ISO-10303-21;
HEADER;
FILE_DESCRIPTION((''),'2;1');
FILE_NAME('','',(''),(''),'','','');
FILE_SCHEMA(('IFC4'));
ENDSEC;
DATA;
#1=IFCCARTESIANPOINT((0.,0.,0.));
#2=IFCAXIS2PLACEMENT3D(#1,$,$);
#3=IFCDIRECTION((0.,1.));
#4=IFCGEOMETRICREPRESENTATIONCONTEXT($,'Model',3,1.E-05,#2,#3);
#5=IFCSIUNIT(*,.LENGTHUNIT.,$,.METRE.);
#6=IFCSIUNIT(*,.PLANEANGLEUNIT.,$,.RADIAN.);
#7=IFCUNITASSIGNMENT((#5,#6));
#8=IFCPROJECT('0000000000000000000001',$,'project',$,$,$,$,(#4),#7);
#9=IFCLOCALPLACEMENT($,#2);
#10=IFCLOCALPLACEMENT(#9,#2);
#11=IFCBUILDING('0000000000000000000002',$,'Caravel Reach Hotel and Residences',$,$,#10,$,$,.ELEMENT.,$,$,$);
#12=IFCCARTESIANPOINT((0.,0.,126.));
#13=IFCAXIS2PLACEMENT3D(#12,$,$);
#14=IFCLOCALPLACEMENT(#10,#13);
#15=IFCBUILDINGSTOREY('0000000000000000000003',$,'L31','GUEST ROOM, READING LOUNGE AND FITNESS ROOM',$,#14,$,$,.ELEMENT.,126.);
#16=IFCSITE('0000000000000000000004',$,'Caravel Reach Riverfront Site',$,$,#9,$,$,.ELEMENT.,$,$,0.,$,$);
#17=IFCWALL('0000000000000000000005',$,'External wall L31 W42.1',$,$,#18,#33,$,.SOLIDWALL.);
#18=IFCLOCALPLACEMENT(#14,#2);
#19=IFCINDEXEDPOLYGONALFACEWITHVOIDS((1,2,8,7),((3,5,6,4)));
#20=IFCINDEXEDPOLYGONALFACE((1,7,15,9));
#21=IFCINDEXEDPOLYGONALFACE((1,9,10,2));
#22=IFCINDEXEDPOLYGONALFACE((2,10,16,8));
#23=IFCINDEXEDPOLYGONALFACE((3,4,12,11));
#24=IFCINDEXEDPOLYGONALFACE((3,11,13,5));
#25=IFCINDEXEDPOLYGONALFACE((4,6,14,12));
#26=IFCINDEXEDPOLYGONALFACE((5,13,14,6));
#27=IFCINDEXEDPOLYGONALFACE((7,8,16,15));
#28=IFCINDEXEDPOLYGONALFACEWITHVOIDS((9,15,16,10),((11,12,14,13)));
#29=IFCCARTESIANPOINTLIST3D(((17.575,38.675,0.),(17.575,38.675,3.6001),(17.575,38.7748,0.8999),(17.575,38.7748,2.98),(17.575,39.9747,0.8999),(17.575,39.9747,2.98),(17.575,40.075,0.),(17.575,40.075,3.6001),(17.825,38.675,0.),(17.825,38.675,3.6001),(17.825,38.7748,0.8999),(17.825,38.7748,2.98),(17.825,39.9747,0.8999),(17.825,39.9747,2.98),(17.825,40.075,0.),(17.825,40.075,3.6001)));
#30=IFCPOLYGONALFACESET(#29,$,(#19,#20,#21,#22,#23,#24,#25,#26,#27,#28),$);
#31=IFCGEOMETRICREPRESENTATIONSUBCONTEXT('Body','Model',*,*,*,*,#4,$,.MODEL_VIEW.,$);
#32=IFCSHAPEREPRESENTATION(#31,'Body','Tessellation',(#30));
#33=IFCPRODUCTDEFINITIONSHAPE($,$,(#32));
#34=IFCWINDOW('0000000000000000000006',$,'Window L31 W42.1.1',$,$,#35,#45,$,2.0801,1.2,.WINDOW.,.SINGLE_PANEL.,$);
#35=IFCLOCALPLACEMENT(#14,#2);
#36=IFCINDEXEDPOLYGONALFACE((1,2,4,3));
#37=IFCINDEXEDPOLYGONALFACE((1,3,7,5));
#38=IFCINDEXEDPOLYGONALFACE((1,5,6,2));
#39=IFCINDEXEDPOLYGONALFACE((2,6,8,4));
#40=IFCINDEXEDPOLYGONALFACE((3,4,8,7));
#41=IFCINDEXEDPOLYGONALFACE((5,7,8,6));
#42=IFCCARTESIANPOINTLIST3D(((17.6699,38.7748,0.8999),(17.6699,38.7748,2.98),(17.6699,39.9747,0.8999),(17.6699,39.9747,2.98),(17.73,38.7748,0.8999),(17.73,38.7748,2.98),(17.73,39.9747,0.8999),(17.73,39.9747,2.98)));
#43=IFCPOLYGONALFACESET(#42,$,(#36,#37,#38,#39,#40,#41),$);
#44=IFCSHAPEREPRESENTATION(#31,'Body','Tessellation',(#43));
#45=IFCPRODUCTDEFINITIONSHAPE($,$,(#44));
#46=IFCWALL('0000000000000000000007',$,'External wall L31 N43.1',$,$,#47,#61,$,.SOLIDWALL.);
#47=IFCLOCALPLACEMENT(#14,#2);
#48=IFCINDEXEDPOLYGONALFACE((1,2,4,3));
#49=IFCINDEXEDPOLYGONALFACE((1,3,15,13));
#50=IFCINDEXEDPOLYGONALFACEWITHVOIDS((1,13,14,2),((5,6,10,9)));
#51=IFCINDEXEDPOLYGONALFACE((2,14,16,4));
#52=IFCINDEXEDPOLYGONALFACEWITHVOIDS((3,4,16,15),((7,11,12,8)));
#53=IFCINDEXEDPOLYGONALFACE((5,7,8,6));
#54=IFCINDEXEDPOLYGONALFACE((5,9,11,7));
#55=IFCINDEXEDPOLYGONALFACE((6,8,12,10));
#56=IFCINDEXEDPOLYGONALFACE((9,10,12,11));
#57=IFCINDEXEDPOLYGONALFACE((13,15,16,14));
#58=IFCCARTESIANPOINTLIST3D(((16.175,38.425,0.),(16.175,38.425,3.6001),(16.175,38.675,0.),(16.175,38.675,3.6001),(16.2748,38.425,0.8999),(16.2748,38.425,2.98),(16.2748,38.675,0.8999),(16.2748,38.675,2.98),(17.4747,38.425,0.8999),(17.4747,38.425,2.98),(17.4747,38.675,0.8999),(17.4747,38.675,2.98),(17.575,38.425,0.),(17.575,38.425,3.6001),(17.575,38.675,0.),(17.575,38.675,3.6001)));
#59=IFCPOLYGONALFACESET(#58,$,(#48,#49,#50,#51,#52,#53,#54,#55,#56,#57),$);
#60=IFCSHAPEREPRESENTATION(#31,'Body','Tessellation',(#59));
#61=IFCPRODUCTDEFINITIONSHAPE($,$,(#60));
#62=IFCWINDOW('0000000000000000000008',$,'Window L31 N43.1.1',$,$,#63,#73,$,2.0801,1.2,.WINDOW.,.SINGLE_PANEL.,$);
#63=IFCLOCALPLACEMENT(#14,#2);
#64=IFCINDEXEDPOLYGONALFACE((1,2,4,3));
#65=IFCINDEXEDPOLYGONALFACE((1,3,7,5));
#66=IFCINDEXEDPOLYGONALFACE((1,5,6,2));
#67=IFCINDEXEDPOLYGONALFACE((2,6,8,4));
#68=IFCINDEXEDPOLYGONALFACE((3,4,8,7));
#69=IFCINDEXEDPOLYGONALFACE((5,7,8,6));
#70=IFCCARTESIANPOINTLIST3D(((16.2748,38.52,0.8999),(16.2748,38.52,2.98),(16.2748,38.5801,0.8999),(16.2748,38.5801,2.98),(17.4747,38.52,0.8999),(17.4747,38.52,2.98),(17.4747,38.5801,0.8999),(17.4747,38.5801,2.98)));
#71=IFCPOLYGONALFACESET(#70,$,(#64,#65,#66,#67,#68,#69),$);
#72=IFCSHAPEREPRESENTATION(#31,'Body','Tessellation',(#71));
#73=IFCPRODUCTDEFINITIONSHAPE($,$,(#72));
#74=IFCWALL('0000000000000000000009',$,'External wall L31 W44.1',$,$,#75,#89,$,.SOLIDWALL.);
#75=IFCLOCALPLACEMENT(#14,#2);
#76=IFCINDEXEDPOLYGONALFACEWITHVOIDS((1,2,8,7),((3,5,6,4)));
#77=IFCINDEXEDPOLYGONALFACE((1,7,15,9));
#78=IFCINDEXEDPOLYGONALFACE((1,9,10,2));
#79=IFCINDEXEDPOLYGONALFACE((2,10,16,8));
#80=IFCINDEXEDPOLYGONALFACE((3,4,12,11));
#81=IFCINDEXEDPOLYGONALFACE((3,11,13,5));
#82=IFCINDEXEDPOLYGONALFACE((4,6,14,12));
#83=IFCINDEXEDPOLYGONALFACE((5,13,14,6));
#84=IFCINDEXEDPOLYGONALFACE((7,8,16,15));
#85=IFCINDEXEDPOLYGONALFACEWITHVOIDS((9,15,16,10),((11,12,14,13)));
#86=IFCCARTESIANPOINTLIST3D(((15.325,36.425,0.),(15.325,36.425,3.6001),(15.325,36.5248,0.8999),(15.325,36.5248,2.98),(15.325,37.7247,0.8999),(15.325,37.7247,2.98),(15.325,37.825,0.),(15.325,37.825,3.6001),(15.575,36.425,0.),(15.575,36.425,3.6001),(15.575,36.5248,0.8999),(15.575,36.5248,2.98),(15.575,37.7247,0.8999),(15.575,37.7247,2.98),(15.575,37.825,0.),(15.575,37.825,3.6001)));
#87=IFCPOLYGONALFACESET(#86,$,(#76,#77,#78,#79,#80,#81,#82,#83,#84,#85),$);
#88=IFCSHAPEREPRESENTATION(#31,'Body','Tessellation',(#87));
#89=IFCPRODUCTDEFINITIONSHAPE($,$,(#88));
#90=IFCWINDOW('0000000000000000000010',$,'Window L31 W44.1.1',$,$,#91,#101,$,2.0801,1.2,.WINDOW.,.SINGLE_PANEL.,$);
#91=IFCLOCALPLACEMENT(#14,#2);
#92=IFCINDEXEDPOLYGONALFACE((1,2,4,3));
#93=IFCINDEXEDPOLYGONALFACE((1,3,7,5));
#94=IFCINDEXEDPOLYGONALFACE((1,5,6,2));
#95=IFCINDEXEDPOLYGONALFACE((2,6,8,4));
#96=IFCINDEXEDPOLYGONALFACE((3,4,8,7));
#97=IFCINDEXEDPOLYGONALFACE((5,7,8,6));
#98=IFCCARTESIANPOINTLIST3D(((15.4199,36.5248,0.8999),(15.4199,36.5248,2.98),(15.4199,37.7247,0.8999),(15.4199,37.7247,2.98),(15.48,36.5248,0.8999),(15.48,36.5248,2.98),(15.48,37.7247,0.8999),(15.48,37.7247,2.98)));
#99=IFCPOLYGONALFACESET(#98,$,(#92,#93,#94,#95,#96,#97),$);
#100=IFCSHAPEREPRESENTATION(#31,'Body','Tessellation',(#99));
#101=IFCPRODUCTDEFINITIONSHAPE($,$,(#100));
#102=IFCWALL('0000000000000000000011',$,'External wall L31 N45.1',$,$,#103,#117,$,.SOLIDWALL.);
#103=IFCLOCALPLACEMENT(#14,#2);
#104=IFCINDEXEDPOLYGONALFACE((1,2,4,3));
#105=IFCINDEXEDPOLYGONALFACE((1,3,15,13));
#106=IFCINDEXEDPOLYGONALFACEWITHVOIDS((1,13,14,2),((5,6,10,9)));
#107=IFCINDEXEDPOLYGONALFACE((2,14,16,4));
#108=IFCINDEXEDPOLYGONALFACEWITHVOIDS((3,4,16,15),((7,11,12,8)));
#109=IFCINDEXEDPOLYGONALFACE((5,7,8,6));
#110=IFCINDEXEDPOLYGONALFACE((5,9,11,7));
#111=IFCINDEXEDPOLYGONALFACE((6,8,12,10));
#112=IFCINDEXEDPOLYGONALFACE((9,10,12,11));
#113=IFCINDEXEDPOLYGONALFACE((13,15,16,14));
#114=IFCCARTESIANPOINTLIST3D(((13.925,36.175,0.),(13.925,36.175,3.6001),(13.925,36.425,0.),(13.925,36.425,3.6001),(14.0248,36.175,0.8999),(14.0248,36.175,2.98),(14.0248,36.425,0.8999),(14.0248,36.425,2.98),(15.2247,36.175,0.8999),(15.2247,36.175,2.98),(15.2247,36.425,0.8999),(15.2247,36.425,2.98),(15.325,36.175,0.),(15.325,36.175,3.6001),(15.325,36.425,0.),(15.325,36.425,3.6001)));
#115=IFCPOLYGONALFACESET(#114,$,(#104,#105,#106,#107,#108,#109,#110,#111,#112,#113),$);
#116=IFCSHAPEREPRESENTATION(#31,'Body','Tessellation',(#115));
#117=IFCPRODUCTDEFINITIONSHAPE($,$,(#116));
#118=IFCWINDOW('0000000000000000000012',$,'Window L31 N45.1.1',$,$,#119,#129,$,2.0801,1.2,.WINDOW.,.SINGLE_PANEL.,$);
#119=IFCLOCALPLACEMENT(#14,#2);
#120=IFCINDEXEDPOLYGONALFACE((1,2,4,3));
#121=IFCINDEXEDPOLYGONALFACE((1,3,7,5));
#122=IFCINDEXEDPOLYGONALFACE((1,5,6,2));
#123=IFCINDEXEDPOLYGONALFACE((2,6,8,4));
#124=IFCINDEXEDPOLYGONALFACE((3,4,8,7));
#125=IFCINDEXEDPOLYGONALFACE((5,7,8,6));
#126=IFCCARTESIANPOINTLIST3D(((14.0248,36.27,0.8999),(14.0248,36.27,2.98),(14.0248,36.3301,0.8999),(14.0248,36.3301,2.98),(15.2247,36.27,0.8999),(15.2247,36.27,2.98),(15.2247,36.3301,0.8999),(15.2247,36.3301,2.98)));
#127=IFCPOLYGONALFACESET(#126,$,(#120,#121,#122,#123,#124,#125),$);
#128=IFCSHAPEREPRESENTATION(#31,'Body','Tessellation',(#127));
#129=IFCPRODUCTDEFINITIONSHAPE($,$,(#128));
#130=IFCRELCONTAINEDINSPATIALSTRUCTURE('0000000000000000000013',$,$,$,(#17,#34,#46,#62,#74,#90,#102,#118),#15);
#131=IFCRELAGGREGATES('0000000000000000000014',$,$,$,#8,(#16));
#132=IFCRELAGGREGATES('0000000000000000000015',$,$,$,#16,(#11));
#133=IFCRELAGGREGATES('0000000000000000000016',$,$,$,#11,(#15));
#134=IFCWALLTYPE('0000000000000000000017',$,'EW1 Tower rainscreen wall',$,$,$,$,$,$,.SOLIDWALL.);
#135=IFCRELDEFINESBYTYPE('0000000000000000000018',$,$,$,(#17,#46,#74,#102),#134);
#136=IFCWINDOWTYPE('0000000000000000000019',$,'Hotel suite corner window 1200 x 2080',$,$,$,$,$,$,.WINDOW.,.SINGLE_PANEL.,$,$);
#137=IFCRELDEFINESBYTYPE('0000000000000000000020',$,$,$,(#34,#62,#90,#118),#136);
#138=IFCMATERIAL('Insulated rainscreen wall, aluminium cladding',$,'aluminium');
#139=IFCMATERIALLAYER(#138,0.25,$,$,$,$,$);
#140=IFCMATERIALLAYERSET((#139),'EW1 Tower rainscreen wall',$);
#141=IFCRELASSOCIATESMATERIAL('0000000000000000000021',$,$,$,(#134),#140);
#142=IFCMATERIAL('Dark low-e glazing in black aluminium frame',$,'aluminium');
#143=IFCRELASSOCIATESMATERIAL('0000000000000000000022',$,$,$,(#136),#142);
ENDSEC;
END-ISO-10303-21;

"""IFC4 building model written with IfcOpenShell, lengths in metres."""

from ifc_helpers import new_model, si_unit, direction, frame, frame_2d, origin, place, context, subcontext, project, spatial, rectangle, extrude, material, layer, layer_set, type_object, element, fill, save


model = new_model("IFC4")

# Units and contexts
model_context = context("Model", 3, precision=1e-05, world=origin(), true_north=direction((0.0, 1.0)))
body_context = subcontext(model_context, "Body", "Model", "MODEL_VIEW")
ifc_project = project(units=[si_unit("LENGTHUNIT", "METRE"), si_unit("PLANEANGLEUNIT", "RADIAN")], contexts=[model_context])

# Site, building, storey
site_placement = place(None, origin())
site = spatial("IfcSite", under=ifc_project, at=site_placement, Name="Caravel Reach Riverfront Site", CompositionType="ELEMENT", RefElevation=0.0)
building_placement = place(site_placement, origin())
building = spatial("IfcBuilding", under=site, at=building_placement, Name="Caravel Reach Hotel and Residences", CompositionType="ELEMENT")
storey_placement = place(building_placement, frame((0.0, 0.0, 126.0)))
storey = spatial("IfcBuildingStorey", under=building, at=storey_placement, Name="L31", Description="GUEST ROOM, READING LOUNGE AND FITNESS ROOM", CompositionType="ELEMENT", Elevation=126.0)

# Walls, openings, windows
ifc_material_1 = material(Name="Insulated rainscreen wall, aluminium cladding", Category="aluminium")
ifc_layer = layer(ifc_material_1, 0.25)
ifc_layer_set = layer_set([ifc_layer], Name="EW1 Tower rainscreen wall")
wall_type = type_object("IfcWallType", Name="EW1 Tower rainscreen wall", PredefinedType="SOLIDWALL", material=ifc_layer_set)
wall_1_placement = place(storey_placement, frame((17.7, 40.075, 0.0), z_axis=(0.0, 0.0, 1.0), x_axis=(0.0, -1.0, 0.0)))
wall_1 = element("IfcWall", 1, at=wall_1_placement, inside=storey, type_object=wall_type, Name="External wall L31 W42.1", PredefinedType="SOLIDWALL", context=body_context, shape_type="SweptSolid", body=[
    extrude(rectangle(XDim=1.3999, YDim=0.25, at=frame_2d((0.7, 0.0))), origin(), (0.0, 0.0, 1.0), 3.6001),
])
opening_1_placement = place(wall_1_placement, frame((0.1001, 0.0, 0.8999)))
opening_1 = element("IfcOpeningElement", 2, at=opening_1_placement, cuts=wall_1, PredefinedType="OPENING", context=body_context, shape_type="SweptSolid", body=[
    extrude(rectangle(XDim=1.2, YDim=2.0801, at=frame_2d((0.6001, 1.04))), frame((0.0, 0.135, 0.0), z_axis=(0.0, -1.0, 0.0), x_axis=(1.0, 0.0, 0.0)), (0.0, 0.0, 1.0), 0.27),
])
ifc_material_2 = material(Name="Dark low-e glazing in black aluminium frame", Category="aluminium")
window_type_1 = type_object("IfcWindowType", Name="Hotel suite corner window 1200 x 2080", PartitioningType="SINGLE_PANEL", PredefinedType="WINDOW", material=ifc_material_2)
window_1_placement = place(opening_1_placement, origin())
window_1 = element("IfcWindow", 3, at=window_1_placement, inside=storey, type_object=window_type_1, Name="Window L31 W42.1.1", OverallHeight=2.0801, OverallWidth=1.2, PartitioningType="SINGLE_PANEL", PredefinedType="WINDOW", context=body_context, shape_type="SweptSolid", body=[
    extrude(rectangle(XDim=1.2, YDim=2.0801, at=frame_2d((0.6001, 1.04))), frame((0.0, 0.03, 0.0), z_axis=(0.0, -1.0, 0.0), x_axis=(1.0, 0.0, 0.0)), (0.0, 0.0, 1.0), 0.0601),
])
fill(opening_1, window_1)
wall_2_placement = place(storey_placement, frame((17.575, 38.55, 0.0), z_axis=(0.0, 0.0, 1.0), x_axis=(-1.0, 0.0, 0.0)))
wall_2 = element("IfcWall", 4, at=wall_2_placement, inside=storey, type_object=wall_type, Name="External wall L31 N43.1", PredefinedType="SOLIDWALL", context=body_context, shape_type="SweptSolid", body=[
    extrude(rectangle(XDim=1.3999, YDim=0.25, at=frame_2d((0.7, 0.0))), origin(), (0.0, 0.0, 1.0), 3.6001),
])
opening_2_placement = place(wall_2_placement, frame((0.1001, 0.0, 0.8999)))
opening_2 = element("IfcOpeningElement", 5, at=opening_2_placement, cuts=wall_2, PredefinedType="OPENING", context=body_context, shape_type="SweptSolid", body=[
    extrude(rectangle(XDim=1.2, YDim=2.0801, at=frame_2d((0.6001, 1.04))), frame((0.0, 0.135, 0.0), z_axis=(0.0, -1.0, 0.0), x_axis=(1.0, 0.0, 0.0)), (0.0, 0.0, 1.0), 0.27),
])
window_2_placement = place(opening_2_placement, origin())
window_2 = element("IfcWindow", 6, at=window_2_placement, inside=storey, type_object=window_type_1, Name="Window L31 N43.1.1", OverallHeight=2.0801, OverallWidth=1.2, PartitioningType="SINGLE_PANEL", PredefinedType="WINDOW", context=body_context, shape_type="SweptSolid", body=[
    extrude(rectangle(XDim=1.2, YDim=2.0801, at=frame_2d((0.6001, 1.04))), frame((0.0, 0.03, 0.0), z_axis=(0.0, -1.0, 0.0), x_axis=(1.0, 0.0, 0.0)), (0.0, 0.0, 1.0), 0.0601),
])
fill(opening_2, window_2)
wall_3_placement = place(storey_placement, frame((15.45, 37.825, 0.0), z_axis=(0.0, 0.0, 1.0), x_axis=(0.0, -1.0, 0.0)))
wall_3 = element("IfcWall", 7, at=wall_3_placement, inside=storey, type_object=wall_type, Name="External wall L31 W44.1", PredefinedType="SOLIDWALL", context=body_context, shape_type="SweptSolid", body=[
    extrude(rectangle(XDim=1.3999, YDim=0.25, at=frame_2d((0.7, 0.0))), origin(), (0.0, 0.0, 1.0), 3.6001),
])
opening_3_placement = place(wall_3_placement, frame((0.1001, 0.0, 0.8999)))
opening_3 = element("IfcOpeningElement", 8, at=opening_3_placement, cuts=wall_3, PredefinedType="OPENING", context=body_context, shape_type="SweptSolid", body=[
    extrude(rectangle(XDim=1.2, YDim=2.0801, at=frame_2d((0.6001, 1.04))), frame((0.0, 0.135, 0.0), z_axis=(0.0, -1.0, 0.0), x_axis=(1.0, 0.0, 0.0)), (0.0, 0.0, 1.0), 0.27),
])
window_3_placement = place(opening_3_placement, origin())
window_3 = element("IfcWindow", 9, at=window_3_placement, inside=storey, type_object=window_type_1, Name="Window L31 W44.1.1", OverallHeight=2.0801, OverallWidth=1.2, PartitioningType="SINGLE_PANEL", PredefinedType="WINDOW", context=body_context, shape_type="SweptSolid", body=[
    extrude(rectangle(XDim=1.2, YDim=2.0801, at=frame_2d((0.6001, 1.04))), frame((0.0, 0.03, 0.0), z_axis=(0.0, -1.0, 0.0), x_axis=(1.0, 0.0, 0.0)), (0.0, 0.0, 1.0), 0.0601),
])
fill(opening_3, window_3)
wall_4_placement = place(storey_placement, frame((15.325, 36.3, 0.0), z_axis=(0.0, 0.0, 1.0), x_axis=(-1.0, 0.0, 0.0)))
wall_4 = element("IfcWall", 10, at=wall_4_placement, inside=storey, type_object=wall_type, Name="External wall L31 N45.1", PredefinedType="SOLIDWALL", context=body_context, shape_type="SweptSolid", body=[
    extrude(rectangle(XDim=1.3999, YDim=0.25, at=frame_2d((0.7, 0.0))), origin(), (0.0, 0.0, 1.0), 3.6001),
])
opening_4_placement = place(wall_4_placement, frame((0.1001, 0.0, 0.8999)))
opening_4 = element("IfcOpeningElement", 11, at=opening_4_placement, cuts=wall_4, PredefinedType="OPENING", context=body_context, shape_type="SweptSolid", body=[
    extrude(rectangle(XDim=1.2, YDim=2.0801, at=frame_2d((0.6001, 1.04))), frame((0.0, 0.135, 0.0), z_axis=(0.0, -1.0, 0.0), x_axis=(1.0, 0.0, 0.0)), (0.0, 0.0, 1.0), 0.27),
])
window_4_placement = place(opening_4_placement, origin())
window_4 = element("IfcWindow", 12, at=window_4_placement, inside=storey, type_object=window_type_1, Name="Window L31 N45.1.1", OverallHeight=2.0801, OverallWidth=1.2, PartitioningType="SINGLE_PANEL", PredefinedType="WINDOW", context=body_context, shape_type="SweptSolid", body=[
    extrude(rectangle(XDim=1.2, YDim=2.0801, at=frame_2d((0.6001, 1.04))), frame((0.0, 0.03, 0.0), z_axis=(0.0, -1.0, 0.0), x_axis=(1.0, 0.0, 0.0)), (0.0, 0.0, 1.0), 0.0601),
])
fill(opening_4, window_4)

save(model, "model.ifc")
